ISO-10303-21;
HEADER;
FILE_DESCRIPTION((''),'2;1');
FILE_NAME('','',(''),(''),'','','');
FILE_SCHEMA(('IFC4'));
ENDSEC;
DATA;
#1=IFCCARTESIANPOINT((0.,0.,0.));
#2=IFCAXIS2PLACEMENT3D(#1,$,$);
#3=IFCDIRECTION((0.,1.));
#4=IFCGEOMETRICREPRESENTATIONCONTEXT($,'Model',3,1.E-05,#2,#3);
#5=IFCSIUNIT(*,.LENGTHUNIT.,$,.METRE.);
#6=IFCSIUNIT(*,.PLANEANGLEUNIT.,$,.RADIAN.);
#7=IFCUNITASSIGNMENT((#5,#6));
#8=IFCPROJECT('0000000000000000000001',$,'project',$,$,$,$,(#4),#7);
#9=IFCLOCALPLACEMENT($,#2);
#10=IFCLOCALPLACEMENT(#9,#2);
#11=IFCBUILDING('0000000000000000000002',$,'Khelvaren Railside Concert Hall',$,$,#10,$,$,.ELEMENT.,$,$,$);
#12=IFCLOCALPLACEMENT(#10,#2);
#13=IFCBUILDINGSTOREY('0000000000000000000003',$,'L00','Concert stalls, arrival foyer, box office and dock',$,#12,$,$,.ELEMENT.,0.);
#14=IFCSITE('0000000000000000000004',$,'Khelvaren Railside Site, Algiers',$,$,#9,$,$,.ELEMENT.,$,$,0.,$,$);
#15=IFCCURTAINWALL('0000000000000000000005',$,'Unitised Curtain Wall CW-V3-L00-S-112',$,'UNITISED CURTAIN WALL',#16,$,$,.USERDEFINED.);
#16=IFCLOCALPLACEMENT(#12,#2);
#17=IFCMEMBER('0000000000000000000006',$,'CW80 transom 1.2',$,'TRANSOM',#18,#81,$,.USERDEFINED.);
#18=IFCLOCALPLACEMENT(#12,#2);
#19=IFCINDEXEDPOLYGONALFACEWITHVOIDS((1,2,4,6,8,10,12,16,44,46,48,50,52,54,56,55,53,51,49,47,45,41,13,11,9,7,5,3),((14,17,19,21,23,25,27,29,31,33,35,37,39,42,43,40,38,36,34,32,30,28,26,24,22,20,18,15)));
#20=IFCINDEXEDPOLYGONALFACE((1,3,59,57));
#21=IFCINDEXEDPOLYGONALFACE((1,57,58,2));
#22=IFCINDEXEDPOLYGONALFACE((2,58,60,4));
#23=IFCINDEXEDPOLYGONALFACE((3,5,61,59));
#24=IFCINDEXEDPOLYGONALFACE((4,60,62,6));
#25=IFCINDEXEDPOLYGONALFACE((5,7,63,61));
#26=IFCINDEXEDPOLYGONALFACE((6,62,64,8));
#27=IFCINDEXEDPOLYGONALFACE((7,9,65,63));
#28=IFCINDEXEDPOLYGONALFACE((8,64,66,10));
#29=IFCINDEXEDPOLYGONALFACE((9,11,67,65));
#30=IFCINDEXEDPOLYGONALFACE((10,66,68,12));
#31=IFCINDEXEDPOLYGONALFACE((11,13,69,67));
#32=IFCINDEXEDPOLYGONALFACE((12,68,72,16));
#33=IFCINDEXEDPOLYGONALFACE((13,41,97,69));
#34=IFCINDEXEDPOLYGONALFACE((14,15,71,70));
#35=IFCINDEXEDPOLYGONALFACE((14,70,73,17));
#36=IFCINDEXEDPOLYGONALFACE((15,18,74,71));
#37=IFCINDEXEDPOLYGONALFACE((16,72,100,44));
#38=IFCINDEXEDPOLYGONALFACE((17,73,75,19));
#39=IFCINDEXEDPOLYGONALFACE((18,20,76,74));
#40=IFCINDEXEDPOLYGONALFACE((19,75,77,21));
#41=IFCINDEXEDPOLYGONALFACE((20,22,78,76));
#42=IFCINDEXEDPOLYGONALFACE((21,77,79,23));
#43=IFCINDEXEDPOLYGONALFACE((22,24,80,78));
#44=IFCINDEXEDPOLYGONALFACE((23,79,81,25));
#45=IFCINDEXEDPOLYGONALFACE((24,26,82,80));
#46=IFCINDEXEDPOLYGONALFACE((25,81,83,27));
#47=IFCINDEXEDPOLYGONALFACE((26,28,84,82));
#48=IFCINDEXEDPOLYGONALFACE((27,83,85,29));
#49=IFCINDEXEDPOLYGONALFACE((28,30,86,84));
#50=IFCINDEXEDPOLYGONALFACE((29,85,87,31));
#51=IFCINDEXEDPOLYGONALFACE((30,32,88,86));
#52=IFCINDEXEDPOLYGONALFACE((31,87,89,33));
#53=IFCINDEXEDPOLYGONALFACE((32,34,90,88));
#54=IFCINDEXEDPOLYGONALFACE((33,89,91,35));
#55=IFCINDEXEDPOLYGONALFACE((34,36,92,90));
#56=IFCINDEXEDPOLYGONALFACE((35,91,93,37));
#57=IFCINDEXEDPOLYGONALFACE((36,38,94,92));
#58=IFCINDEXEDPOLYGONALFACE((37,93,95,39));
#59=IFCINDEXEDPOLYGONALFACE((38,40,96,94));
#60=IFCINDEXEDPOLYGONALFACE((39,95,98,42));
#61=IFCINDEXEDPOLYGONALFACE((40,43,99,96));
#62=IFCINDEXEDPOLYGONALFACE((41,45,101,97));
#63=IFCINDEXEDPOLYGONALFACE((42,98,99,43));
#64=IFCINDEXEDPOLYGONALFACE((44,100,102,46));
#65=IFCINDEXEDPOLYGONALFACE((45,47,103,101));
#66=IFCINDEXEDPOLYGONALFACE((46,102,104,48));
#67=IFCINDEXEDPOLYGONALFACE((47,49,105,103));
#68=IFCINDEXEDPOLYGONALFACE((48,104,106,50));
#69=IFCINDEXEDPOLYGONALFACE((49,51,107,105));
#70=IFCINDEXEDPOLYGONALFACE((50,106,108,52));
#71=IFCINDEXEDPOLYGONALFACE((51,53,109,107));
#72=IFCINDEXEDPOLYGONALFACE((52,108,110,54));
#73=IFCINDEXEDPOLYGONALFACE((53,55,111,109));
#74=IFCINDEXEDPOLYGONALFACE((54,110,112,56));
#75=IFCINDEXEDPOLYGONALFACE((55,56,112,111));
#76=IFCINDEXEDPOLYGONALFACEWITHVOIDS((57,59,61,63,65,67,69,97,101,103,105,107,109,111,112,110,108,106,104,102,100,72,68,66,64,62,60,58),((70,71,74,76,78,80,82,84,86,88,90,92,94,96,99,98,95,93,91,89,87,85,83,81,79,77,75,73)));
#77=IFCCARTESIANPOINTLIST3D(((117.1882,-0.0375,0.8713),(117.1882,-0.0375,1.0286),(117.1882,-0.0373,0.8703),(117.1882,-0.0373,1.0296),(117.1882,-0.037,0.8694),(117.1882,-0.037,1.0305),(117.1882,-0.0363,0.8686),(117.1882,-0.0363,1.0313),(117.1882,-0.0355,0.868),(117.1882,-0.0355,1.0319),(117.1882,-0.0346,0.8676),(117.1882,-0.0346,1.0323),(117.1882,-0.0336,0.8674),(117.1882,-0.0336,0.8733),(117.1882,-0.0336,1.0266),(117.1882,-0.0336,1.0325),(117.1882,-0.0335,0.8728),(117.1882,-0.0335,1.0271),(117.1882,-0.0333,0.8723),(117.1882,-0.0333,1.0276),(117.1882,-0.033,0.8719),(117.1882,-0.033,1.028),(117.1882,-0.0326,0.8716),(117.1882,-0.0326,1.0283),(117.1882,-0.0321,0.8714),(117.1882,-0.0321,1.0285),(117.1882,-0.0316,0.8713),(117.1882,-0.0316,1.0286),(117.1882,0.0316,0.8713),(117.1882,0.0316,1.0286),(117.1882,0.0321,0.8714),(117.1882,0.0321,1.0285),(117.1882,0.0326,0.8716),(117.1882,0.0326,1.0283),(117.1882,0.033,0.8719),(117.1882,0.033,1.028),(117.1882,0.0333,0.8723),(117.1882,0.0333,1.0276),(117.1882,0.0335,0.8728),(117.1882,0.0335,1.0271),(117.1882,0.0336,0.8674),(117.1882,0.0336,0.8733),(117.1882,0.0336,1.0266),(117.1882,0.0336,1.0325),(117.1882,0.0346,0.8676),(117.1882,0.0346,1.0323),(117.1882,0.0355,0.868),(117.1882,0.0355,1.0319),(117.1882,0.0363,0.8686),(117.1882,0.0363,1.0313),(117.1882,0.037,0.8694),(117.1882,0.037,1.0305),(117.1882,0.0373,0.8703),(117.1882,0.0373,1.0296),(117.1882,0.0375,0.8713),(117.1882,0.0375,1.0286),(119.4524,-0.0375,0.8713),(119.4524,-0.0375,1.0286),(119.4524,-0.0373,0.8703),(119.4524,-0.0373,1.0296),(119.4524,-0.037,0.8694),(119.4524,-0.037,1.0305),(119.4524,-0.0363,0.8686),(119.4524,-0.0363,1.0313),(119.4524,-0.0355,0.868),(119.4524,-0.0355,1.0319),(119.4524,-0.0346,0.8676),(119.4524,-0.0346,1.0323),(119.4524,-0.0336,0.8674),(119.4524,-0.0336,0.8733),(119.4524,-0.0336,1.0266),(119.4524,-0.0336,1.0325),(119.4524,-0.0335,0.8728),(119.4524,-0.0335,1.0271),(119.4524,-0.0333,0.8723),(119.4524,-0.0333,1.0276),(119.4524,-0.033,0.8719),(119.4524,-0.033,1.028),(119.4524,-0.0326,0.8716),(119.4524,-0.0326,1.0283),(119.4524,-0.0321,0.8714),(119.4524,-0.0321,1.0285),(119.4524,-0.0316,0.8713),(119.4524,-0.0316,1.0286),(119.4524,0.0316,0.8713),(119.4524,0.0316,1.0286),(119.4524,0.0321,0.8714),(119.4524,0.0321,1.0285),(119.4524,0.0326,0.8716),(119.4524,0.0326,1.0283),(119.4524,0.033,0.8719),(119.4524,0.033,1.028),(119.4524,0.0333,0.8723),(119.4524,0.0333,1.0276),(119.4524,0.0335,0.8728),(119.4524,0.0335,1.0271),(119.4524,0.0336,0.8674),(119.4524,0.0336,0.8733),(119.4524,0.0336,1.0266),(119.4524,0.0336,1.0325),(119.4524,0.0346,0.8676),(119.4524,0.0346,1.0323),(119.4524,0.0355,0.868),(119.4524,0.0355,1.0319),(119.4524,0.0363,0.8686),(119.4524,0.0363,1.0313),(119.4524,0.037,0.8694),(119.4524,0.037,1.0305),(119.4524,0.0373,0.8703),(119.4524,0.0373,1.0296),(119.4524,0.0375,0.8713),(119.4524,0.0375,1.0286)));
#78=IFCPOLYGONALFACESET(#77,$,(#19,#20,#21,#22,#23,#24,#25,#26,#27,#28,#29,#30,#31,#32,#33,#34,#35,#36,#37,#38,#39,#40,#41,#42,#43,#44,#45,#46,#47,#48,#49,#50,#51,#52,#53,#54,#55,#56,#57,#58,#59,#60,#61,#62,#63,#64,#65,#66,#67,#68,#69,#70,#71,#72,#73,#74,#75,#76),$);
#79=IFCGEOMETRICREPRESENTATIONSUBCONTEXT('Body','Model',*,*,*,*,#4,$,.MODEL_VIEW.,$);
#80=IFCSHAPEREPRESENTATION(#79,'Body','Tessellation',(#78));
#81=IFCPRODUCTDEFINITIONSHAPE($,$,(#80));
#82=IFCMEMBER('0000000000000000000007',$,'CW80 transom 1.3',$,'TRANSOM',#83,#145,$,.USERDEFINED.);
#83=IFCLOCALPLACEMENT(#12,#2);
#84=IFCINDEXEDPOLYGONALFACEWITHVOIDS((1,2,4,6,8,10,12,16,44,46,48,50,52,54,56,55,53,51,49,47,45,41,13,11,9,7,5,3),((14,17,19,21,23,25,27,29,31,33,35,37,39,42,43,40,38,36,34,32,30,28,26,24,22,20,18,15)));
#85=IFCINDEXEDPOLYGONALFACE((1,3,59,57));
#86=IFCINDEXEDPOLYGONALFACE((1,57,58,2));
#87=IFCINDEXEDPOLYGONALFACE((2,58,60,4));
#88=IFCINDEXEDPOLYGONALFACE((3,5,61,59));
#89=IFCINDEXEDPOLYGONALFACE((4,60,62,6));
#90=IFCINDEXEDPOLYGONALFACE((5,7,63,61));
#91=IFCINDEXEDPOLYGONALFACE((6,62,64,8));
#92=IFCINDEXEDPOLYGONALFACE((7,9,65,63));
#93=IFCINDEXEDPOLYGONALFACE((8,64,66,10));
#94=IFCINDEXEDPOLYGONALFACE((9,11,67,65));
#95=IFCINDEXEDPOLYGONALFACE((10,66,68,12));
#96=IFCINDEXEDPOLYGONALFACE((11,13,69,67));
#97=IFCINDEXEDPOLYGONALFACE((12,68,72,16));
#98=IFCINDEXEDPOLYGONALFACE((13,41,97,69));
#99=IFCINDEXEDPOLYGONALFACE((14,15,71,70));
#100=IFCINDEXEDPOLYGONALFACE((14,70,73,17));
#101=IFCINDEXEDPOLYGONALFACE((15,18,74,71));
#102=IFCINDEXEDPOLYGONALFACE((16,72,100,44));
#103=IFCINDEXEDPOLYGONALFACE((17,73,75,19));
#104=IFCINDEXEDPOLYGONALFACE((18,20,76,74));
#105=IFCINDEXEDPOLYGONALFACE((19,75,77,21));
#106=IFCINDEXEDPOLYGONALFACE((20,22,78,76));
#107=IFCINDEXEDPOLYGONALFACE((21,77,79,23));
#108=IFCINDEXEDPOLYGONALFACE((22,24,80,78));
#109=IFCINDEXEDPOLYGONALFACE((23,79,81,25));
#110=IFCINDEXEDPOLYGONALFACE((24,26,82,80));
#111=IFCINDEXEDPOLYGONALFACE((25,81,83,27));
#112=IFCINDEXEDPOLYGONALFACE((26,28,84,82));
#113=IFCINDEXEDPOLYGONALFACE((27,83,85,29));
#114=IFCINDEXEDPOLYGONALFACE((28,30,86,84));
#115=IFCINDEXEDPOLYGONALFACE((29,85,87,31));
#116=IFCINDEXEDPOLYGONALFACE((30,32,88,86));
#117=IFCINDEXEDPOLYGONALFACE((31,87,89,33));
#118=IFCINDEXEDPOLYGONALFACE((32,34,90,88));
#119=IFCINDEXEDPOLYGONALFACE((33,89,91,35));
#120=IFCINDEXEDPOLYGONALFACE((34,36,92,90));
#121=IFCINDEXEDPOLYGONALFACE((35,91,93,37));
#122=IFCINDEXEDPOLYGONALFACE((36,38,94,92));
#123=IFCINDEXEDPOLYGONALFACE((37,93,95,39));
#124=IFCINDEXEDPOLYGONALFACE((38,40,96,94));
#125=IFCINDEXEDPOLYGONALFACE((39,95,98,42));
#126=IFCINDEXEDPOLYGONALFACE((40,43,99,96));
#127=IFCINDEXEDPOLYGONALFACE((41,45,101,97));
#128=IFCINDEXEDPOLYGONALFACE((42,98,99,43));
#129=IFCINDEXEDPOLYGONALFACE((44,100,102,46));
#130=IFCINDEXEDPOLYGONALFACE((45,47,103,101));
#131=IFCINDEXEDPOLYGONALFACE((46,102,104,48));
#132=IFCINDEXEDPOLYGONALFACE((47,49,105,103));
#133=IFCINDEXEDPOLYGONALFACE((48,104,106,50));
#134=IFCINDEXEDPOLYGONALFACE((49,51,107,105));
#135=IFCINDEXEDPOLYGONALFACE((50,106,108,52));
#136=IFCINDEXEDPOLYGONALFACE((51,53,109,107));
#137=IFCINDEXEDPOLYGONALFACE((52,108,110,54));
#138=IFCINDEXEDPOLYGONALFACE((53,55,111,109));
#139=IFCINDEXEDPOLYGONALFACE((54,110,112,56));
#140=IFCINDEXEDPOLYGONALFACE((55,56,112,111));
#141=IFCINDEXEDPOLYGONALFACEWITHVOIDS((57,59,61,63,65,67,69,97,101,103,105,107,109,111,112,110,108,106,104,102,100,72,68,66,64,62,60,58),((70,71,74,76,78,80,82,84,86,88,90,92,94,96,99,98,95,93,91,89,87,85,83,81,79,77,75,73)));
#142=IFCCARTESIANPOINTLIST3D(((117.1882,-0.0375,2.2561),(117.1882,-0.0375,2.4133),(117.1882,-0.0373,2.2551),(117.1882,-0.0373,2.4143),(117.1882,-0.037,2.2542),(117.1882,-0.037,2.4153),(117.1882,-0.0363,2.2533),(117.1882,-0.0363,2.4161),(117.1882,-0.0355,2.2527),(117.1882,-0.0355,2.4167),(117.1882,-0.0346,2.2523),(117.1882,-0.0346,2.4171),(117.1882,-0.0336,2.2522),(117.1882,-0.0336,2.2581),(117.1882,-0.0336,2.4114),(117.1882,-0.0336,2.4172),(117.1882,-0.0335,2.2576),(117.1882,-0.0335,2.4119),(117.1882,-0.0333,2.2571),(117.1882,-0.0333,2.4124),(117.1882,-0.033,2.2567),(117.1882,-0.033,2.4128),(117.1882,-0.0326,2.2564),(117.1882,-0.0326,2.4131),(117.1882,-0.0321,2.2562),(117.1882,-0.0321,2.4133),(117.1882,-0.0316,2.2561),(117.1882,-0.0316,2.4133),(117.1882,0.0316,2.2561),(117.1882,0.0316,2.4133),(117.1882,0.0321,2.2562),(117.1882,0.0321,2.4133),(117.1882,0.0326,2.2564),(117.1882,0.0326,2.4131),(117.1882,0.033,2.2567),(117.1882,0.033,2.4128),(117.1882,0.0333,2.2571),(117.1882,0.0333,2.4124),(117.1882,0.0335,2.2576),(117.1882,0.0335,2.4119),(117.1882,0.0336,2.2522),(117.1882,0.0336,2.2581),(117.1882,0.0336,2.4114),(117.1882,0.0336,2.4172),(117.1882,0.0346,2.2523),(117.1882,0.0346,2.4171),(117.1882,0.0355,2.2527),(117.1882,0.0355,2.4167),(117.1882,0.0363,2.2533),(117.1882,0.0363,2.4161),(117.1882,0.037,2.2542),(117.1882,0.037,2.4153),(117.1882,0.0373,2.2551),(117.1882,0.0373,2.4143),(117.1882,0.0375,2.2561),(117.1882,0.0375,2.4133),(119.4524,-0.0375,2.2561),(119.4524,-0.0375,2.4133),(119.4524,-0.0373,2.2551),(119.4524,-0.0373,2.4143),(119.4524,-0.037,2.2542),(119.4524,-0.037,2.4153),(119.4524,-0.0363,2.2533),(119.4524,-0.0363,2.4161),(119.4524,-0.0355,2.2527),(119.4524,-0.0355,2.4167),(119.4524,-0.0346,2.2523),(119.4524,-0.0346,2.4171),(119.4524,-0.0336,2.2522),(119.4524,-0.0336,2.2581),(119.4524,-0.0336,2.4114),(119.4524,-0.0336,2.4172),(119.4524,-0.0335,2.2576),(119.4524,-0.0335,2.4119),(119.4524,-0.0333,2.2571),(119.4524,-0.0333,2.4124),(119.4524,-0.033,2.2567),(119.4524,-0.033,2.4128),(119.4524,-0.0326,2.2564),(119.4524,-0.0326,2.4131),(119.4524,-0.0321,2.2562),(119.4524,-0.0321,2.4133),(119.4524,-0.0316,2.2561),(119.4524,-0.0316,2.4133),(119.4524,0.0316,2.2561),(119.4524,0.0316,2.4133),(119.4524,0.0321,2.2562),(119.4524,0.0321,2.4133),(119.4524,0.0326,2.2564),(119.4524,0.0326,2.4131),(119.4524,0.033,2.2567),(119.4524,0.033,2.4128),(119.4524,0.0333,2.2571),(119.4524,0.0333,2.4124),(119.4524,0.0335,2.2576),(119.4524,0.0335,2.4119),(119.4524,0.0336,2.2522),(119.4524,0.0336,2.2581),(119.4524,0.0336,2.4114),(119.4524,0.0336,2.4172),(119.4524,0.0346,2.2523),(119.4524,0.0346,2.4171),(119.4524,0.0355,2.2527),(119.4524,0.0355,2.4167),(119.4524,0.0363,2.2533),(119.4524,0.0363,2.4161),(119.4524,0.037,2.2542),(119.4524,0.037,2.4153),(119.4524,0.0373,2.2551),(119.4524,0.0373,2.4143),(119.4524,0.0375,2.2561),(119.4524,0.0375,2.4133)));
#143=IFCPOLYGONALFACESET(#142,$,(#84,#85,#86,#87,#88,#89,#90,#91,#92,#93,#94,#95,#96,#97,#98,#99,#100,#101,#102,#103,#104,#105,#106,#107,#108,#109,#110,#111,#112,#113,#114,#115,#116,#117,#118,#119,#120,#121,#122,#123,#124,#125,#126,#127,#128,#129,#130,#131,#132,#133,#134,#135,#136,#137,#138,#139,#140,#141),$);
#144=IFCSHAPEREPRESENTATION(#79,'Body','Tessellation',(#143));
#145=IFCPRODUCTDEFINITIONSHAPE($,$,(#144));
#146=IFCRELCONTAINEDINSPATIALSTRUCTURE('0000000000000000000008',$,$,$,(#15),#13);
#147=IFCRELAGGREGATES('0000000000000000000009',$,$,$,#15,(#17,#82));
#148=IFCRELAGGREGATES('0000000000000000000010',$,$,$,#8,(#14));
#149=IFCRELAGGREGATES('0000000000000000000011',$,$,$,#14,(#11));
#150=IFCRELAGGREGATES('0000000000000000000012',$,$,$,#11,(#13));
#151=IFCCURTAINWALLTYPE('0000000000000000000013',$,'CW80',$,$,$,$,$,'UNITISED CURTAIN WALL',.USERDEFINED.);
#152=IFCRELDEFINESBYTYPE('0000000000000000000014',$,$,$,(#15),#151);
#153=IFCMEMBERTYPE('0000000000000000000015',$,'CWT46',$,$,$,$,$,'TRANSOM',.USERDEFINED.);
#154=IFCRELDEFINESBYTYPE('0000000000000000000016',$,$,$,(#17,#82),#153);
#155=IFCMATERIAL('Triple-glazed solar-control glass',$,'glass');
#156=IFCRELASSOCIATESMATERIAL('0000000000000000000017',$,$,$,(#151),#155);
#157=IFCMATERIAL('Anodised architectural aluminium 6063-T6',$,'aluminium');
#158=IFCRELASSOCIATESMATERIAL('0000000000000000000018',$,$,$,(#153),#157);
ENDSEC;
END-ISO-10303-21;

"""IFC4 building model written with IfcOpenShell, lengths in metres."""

from ifc_helpers import new_model, si_unit, direction, frame, origin, origin_2d, place, context, subcontext, project, spatial, hollow_rectangle, extrude, material, material_profile, profile_set, type_object, element, aggregate, save


model = new_model("IFC4")

# Units and contexts
model_context = context("Model", 3, precision=1e-05, world=origin(), true_north=direction((0.0, 1.0)))
body_context = subcontext(model_context, "Body", "Model", "MODEL_VIEW")
ifc_project = project(units=[si_unit("LENGTHUNIT", "METRE"), si_unit("PLANEANGLEUNIT", "RADIAN")], contexts=[model_context])

# Site, building, storey
site_placement = place(None, origin())
site = spatial("IfcSite", under=ifc_project, at=site_placement, Name="Khelvaren Railside Site, Algiers", CompositionType="ELEMENT", RefElevation=0.0)
building_placement = place(site_placement, origin())
building = spatial("IfcBuilding", under=site, at=building_placement, Name="Khelvaren Railside Concert Hall", CompositionType="ELEMENT")
storey_placement = place(building_placement, origin())
storey = spatial("IfcBuildingStorey", under=building, at=storey_placement, Name="L00", Description="Concert stalls, arrival foyer, box office and dock", CompositionType="ELEMENT", Elevation=0.0)

# Curtain wall, members
ifc_material_1 = material(Name="Triple-glazed solar-control glass", Category="glass")
curtain_wall_type = type_object("IfcCurtainWallType", Name="CW80", ElementType="UNITISED CURTAIN WALL", PredefinedType="USERDEFINED", material=ifc_material_1)
curtain_wall_placement = place(storey_placement, origin())
curtain_wall = element("IfcCurtainWall", 1, at=curtain_wall_placement, inside=storey, type_object=curtain_wall_type, Name="Unitised Curtain Wall CW-V3-L00-S-112", ObjectType="UNITISED CURTAIN WALL", PredefinedType="USERDEFINED")
ifc_material_2 = material(Name="Anodised architectural aluminium 6063-T6", Category="aluminium")
ifc_material_profile_1 = material_profile(ifc_material_2, hollow_rectangle(XDim=0.075, YDim=0.165, WallThickness=0.0039, InnerFilletRadius=0.002, OuterFilletRadius=0.0039, at=origin_2d()), Name="CWT 75x165x4")
ifc_profile_set_1 = profile_set([ifc_material_profile_1], Name="Anodised architectural aluminium 6063-T6")
member_type_1 = type_object("IfcMemberType", Name="CWT46", ElementType="TRANSOM", PredefinedType="USERDEFINED", material=ifc_profile_set_1)
member_1_placement = place(storey_placement, frame((119.4524, 0.0, 0.95), z_axis=(-1.0, 0.0, 0.0), x_axis=(0.0, -1.0, 0.0)))
member_1 = element("IfcMember", 2, at=member_1_placement, type_object=member_type_1, Name="CW80 transom 1.2", ObjectType="TRANSOM", PredefinedType="USERDEFINED", context=body_context, shape_type="SweptSolid", body=[
    extrude(hollow_rectangle(XDim=0.075, YDim=0.165, WallThickness=0.0039, InnerFilletRadius=0.002, OuterFilletRadius=0.0039, at=origin_2d()), origin(), (0.0, 0.0, 1.0), 2.2642),
])
member_2_placement = place(storey_placement, frame((119.4524, 0.0, 2.3347), z_axis=(-1.0, 0.0, 0.0), x_axis=(0.0, -1.0, 0.0)))
member_2 = element("IfcMember", 3, at=member_2_placement, type_object=member_type_1, Name="CW80 transom 1.3", ObjectType="TRANSOM", PredefinedType="USERDEFINED", context=body_context, shape_type="SweptSolid", body=[
    extrude(hollow_rectangle(XDim=0.075, YDim=0.165, WallThickness=0.0039, InnerFilletRadius=0.002, OuterFilletRadius=0.0039, at=origin_2d()), origin(), (0.0, 0.0, 1.0), 2.2642),
])
aggregate(curtain_wall, [member_1, member_2])

save(model, "model.ifc")
